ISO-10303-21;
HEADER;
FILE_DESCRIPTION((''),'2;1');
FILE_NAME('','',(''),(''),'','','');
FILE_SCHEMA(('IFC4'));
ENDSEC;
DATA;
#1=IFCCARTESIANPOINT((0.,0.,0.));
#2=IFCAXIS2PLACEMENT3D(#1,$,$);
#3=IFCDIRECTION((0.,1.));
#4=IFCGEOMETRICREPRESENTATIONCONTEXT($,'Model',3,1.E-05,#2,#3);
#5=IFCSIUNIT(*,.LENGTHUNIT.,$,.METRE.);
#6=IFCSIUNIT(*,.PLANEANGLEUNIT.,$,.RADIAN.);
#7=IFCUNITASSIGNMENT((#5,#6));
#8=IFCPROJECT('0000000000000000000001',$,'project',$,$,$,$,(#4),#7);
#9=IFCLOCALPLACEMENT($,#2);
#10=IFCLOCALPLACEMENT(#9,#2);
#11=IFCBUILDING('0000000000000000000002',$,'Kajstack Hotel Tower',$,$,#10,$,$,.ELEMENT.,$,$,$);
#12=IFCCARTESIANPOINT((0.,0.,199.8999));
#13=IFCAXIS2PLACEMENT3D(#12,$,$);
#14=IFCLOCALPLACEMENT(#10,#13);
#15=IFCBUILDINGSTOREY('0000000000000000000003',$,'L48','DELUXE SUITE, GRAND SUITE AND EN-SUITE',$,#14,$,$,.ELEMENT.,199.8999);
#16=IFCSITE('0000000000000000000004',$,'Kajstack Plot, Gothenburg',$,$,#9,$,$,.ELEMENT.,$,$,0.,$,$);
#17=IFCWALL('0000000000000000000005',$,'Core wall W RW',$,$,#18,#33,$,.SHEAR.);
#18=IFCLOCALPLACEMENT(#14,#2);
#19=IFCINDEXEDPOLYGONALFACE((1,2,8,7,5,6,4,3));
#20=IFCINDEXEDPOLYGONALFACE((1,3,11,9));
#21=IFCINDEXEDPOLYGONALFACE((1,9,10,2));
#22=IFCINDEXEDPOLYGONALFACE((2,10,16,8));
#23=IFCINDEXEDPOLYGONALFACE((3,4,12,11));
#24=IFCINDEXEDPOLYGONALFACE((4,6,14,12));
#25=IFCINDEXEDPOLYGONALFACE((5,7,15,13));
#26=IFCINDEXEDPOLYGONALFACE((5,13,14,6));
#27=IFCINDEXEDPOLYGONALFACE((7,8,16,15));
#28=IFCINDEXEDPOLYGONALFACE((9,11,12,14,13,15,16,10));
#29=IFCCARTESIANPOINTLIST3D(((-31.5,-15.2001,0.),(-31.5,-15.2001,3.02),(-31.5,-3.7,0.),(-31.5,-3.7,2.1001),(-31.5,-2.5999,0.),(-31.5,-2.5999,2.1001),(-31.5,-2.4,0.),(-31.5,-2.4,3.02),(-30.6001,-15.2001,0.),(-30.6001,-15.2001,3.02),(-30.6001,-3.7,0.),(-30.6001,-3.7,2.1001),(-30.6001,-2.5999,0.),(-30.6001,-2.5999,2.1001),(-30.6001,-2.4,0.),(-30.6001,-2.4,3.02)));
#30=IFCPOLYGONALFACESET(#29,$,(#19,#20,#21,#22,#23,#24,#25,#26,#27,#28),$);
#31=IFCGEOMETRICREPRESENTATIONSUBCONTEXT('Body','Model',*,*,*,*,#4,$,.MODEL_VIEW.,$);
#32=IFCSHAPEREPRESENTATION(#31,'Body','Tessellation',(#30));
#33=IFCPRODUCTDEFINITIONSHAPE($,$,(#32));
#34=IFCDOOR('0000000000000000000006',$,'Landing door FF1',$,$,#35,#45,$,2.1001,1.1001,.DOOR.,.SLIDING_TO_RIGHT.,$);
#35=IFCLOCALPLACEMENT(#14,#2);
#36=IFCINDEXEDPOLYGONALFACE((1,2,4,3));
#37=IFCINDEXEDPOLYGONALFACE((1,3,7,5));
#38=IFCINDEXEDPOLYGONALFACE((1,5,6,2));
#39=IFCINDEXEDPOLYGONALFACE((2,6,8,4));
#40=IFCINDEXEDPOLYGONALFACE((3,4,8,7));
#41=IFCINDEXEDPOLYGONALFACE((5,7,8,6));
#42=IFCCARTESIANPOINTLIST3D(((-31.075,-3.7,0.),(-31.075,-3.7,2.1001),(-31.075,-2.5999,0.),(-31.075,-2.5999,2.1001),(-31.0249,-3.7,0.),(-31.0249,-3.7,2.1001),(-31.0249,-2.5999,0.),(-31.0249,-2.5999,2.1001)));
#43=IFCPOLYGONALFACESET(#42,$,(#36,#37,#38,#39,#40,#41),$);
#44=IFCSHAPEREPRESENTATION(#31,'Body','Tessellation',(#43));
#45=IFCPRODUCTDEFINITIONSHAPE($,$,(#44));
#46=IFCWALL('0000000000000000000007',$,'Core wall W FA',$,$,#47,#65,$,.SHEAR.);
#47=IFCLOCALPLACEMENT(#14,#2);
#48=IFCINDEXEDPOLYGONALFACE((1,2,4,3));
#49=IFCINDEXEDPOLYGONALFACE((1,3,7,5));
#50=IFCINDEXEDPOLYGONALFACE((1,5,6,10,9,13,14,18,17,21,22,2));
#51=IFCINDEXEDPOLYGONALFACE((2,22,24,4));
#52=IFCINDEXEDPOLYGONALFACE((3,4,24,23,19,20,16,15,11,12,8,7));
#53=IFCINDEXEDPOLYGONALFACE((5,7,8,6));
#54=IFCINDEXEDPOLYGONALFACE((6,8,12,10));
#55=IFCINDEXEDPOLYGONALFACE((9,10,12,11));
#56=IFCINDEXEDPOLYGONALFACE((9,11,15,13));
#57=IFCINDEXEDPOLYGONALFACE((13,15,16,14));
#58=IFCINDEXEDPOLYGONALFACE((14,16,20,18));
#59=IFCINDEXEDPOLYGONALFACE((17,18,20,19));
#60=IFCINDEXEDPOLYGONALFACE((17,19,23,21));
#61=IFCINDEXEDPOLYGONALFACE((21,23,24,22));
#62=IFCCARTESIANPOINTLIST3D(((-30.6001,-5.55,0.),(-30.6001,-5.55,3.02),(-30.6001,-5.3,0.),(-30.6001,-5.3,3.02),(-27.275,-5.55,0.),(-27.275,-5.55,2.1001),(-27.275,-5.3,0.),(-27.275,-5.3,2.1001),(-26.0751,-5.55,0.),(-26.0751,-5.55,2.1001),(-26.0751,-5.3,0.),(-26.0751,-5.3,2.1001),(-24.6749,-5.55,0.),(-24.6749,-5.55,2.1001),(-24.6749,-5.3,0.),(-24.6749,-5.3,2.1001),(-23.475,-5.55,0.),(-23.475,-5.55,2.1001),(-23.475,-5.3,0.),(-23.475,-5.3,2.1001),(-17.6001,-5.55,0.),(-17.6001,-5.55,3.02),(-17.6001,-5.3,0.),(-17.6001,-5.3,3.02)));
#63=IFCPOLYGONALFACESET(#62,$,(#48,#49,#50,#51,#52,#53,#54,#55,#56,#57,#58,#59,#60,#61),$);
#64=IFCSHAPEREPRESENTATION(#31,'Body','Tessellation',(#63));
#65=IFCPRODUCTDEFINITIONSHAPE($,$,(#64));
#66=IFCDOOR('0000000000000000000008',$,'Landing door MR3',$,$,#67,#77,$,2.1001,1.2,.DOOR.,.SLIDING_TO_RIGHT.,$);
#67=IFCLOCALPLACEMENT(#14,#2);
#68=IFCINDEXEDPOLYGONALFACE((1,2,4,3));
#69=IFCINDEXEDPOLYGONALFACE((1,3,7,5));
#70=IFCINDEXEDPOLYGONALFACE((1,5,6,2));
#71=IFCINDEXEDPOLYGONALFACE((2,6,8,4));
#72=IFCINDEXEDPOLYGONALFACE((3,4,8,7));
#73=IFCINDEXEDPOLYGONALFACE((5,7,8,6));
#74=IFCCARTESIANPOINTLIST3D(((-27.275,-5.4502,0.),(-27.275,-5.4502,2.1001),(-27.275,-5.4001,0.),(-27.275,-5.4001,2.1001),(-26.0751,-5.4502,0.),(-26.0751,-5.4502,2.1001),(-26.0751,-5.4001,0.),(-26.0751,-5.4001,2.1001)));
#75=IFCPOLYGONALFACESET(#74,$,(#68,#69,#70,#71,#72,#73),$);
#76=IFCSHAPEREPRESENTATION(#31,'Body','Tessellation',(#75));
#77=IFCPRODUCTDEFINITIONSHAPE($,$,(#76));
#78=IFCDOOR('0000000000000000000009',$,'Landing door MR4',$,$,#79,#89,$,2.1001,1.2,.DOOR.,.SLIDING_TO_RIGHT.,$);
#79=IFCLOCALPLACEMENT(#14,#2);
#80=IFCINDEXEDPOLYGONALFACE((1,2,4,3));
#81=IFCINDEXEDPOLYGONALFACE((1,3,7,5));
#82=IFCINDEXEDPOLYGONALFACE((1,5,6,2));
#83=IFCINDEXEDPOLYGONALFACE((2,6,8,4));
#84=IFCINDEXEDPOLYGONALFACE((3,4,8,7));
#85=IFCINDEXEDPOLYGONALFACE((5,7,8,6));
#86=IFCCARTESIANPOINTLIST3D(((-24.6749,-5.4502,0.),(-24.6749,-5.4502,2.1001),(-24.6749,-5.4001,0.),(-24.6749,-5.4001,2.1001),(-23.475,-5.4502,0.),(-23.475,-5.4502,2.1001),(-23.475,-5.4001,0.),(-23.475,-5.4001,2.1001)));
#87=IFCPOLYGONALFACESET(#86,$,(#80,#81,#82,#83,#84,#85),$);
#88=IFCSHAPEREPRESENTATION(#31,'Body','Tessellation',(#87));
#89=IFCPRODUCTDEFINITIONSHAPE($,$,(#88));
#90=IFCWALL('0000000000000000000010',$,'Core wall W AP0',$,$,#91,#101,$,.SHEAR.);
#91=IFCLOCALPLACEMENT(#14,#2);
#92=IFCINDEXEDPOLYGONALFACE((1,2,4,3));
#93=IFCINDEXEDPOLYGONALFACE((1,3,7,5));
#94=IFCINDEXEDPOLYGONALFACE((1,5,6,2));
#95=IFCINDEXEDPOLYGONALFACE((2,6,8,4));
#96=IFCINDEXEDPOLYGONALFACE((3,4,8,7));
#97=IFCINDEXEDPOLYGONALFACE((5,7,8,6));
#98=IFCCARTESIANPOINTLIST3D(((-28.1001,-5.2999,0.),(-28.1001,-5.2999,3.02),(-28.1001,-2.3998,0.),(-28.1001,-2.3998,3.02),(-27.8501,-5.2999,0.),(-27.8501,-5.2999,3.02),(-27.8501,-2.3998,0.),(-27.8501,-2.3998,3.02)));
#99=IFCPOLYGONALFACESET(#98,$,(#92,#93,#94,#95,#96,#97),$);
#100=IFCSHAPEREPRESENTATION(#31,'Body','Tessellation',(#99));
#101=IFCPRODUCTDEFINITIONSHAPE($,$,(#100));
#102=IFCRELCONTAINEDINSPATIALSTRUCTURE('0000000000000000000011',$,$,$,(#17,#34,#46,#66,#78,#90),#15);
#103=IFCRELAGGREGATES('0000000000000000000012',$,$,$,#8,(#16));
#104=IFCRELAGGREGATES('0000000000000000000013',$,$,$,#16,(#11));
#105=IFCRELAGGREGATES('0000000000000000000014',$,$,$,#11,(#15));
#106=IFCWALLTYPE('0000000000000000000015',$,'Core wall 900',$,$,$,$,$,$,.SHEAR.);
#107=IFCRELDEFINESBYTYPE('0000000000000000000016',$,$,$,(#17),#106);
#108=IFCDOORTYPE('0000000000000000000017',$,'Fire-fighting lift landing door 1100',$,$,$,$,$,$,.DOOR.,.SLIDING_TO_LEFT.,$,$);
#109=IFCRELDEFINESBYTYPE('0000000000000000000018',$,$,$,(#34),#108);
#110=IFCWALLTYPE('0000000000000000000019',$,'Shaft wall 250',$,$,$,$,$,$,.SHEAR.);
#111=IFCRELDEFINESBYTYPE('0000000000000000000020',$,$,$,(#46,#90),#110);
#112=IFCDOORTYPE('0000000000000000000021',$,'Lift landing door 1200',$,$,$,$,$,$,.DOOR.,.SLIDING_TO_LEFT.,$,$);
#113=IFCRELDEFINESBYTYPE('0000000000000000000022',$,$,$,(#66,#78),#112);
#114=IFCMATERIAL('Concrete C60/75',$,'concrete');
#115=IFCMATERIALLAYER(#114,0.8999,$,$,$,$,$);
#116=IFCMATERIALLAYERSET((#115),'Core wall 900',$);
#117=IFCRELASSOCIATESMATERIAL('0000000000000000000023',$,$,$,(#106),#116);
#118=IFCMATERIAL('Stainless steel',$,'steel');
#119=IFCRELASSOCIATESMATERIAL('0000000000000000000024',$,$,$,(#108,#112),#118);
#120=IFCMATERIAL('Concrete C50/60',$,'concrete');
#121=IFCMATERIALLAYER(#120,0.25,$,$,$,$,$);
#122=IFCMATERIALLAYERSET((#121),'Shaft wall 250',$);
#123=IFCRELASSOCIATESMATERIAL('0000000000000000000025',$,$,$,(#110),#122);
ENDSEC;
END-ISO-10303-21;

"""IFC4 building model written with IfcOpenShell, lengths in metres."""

from ifc_helpers import new_model, si_unit, direction, frame, frame_2d, origin, place, context, subcontext, project, spatial, rectangle, extrude, material, layer, layer_set, type_object, element, fill, save


model = new_model("IFC4")

# Units and contexts
model_context = context("Model", 3, precision=1e-05, world=origin(), true_north=direction((0.0, 1.0)))
body_context = subcontext(model_context, "Body", "Model", "MODEL_VIEW")
ifc_project = project(units=[si_unit("LENGTHUNIT", "METRE"), si_unit("PLANEANGLEUNIT", "RADIAN")], contexts=[model_context])

# Site, building, storey
site_placement = place(None, origin())
site = spatial("IfcSite", under=ifc_project, at=site_placement, Name="Kajstack Plot, Gothenburg", CompositionType="ELEMENT", RefElevation=0.0)
building_placement = place(site_placement, origin())
building = spatial("IfcBuilding", under=site, at=building_placement, Name="Kajstack Hotel Tower", CompositionType="ELEMENT")
storey_placement = place(building_placement, frame((0.0, 0.0, 199.8999)))
storey = spatial("IfcBuildingStorey", under=building, at=storey_placement, Name="L48", Description="DELUXE SUITE, GRAND SUITE AND EN-SUITE", CompositionType="ELEMENT", Elevation=199.8999)

# Wall, opening, door
ifc_material_1 = material(Name="Concrete C60/75", Category="concrete")
ifc_layer_1 = layer(ifc_material_1, 0.8999)
ifc_layer_set_1 = layer_set([ifc_layer_1], Name="Core wall 900")
wall_type_1 = type_object("IfcWallType", Name="Core wall 900", PredefinedType="SHEAR", material=ifc_layer_set_1)
wall_1_placement = place(storey_placement, frame((-31.05, -15.2, 0.0), z_axis=(0.0, 0.0, 1.0), x_axis=(0.0, 1.0, 0.0)))
wall_1 = element("IfcWall", 1, at=wall_1_placement, inside=storey, type_object=wall_type_1, Name="Core wall W RW", PredefinedType="SHEAR", context=body_context, shape_type="SweptSolid", body=[
    extrude(rectangle(XDim=12.8, YDim=0.8999, at=frame_2d((6.3999, 0.0))), origin(), (0.0, 0.0, 1.0), 3.02),
])
opening_1_placement = place(wall_1_placement, frame((11.5, 0.0, 0.0)))
opening_1 = element("IfcOpeningElement", 2, at=opening_1_placement, cuts=wall_1, PredefinedType="OPENING", context=body_context, shape_type="SweptSolid", body=[
    extrude(rectangle(XDim=1.1001, YDim=2.1001, at=frame_2d((0.55, 1.05))), frame((0.0, 0.46, 0.0), z_axis=(0.0, -1.0, 0.0), x_axis=(1.0, 0.0, 0.0)), (0.0, 0.0, 1.0), 0.9199),
])
ifc_material_2 = material(Name="Stainless steel", Category="steel")
door_type_1 = type_object("IfcDoorType", Name="Fire-fighting lift landing door 1100", OperationType="SLIDING_TO_LEFT", PredefinedType="DOOR", material=ifc_material_2)
door_1_placement = place(opening_1_placement, origin())
door_1 = element("IfcDoor", 3, at=door_1_placement, inside=storey, type_object=door_type_1, Name="Landing door FF1", OperationType="SLIDING_TO_RIGHT", OverallHeight=2.1001, OverallWidth=1.1001, PredefinedType="DOOR", context=body_context, shape_type="SweptSolid", body=[
    extrude(rectangle(XDim=1.1001, YDim=2.1001, at=frame_2d((0.55, 1.05))), frame((0.0, 0.0249, 0.0), z_axis=(0.0, -1.0, 0.0), x_axis=(1.0, 0.0, 0.0)), (0.0, 0.0, 1.0), 0.05),
])
fill(opening_1, door_1)

# Wall, openings, doors
ifc_material_3 = material(Name="Concrete C50/60", Category="concrete")
ifc_layer_2 = layer(ifc_material_3, 0.25)
ifc_layer_set_2 = layer_set([ifc_layer_2], Name="Shaft wall 250")
wall_type_2 = type_object("IfcWallType", Name="Shaft wall 250", PredefinedType="SHEAR", material=ifc_layer_set_2)
wall_2_placement = place(storey_placement, frame((-30.6001, -5.425, 0.0), z_axis=(0.0, 0.0, 1.0), x_axis=(1.0, 0.0, 0.0)))
wall_2 = element("IfcWall", 4, at=wall_2_placement, inside=storey, type_object=wall_type_2, Name="Core wall W FA", PredefinedType="SHEAR", context=body_context, shape_type="SweptSolid", body=[
    extrude(rectangle(XDim=13.0, YDim=0.25, at=frame_2d((6.5, 0.0))), origin(), (0.0, 0.0, 1.0), 3.02),
])
opening_2_placement = place(wall_2_placement, frame((3.325, 0.0, 0.0)))
opening_2 = element("IfcOpeningElement", 5, at=opening_2_placement, cuts=wall_2, PredefinedType="OPENING", context=body_context, shape_type="SweptSolid", body=[
    extrude(rectangle(XDim=1.2, YDim=2.1001, at=frame_2d((0.6001, 1.05))), frame((0.0, 0.135, 0.0), z_axis=(0.0, -1.0, 0.0), x_axis=(1.0, 0.0, 0.0)), (0.0, 0.0, 1.0), 0.27),
])
opening_3_placement = place(wall_2_placement, frame((5.925, 0.0, 0.0)))
opening_3 = element("IfcOpeningElement", 6, at=opening_3_placement, cuts=wall_2, PredefinedType="OPENING", context=body_context, shape_type="SweptSolid", body=[
    extrude(rectangle(XDim=1.2, YDim=2.1001, at=frame_2d((0.6001, 1.05))), frame((0.0, 0.135, 0.0), z_axis=(0.0, -1.0, 0.0), x_axis=(1.0, 0.0, 0.0)), (0.0, 0.0, 1.0), 0.27),
])
door_type_2 = type_object("IfcDoorType", Name="Lift landing door 1200", OperationType="SLIDING_TO_LEFT", PredefinedType="DOOR", material=ifc_material_2)
door_2_placement = place(opening_2_placement, origin())
door_2 = element("IfcDoor", 7, at=door_2_placement, inside=storey, type_object=door_type_2, Name="Landing door MR3", OperationType="SLIDING_TO_RIGHT", OverallHeight=2.1001, OverallWidth=1.2, PredefinedType="DOOR", context=body_context, shape_type="SweptSolid", body=[
    extrude(rectangle(XDim=1.2, YDim=2.1001, at=frame_2d((0.6001, 1.05))), frame((0.0, 0.0249, 0.0), z_axis=(0.0, -1.0, 0.0), x_axis=(1.0, 0.0, 0.0)), (0.0, 0.0, 1.0), 0.05),
])
fill(opening_2, door_2)
door_3_placement = place(opening_3_placement, origin())
door_3 = element("IfcDoor", 8, at=door_3_placement, inside=storey, type_object=door_type_2, Name="Landing door MR4", OperationType="SLIDING_TO_RIGHT", OverallHeight=2.1001, OverallWidth=1.2, PredefinedType="DOOR", context=body_context, shape_type="SweptSolid", body=[
    extrude(rectangle(XDim=1.2, YDim=2.1001, at=frame_2d((0.6001, 1.05))), frame((0.0, 0.0249, 0.0), z_axis=(0.0, -1.0, 0.0), x_axis=(1.0, 0.0, 0.0)), (0.0, 0.0, 1.0), 0.05),
])
fill(opening_3, door_3)

# Wall
wall_3_placement = place(storey_placement, frame((-27.9751, -5.3, 0.0), z_axis=(0.0, 0.0, 1.0), x_axis=(0.0, 1.0, 0.0)))
element("IfcWall", 9, at=wall_3_placement, inside=storey, type_object=wall_type_2, Name="Core wall W AP0", PredefinedType="SHEAR", context=body_context, shape_type="SweptSolid", body=[
    extrude(rectangle(XDim=2.9001, YDim=0.25, at=frame_2d((1.4502, 0.0))), origin(), (0.0, 0.0, 1.0), 3.02),
])

save(model, "model.ifc")
